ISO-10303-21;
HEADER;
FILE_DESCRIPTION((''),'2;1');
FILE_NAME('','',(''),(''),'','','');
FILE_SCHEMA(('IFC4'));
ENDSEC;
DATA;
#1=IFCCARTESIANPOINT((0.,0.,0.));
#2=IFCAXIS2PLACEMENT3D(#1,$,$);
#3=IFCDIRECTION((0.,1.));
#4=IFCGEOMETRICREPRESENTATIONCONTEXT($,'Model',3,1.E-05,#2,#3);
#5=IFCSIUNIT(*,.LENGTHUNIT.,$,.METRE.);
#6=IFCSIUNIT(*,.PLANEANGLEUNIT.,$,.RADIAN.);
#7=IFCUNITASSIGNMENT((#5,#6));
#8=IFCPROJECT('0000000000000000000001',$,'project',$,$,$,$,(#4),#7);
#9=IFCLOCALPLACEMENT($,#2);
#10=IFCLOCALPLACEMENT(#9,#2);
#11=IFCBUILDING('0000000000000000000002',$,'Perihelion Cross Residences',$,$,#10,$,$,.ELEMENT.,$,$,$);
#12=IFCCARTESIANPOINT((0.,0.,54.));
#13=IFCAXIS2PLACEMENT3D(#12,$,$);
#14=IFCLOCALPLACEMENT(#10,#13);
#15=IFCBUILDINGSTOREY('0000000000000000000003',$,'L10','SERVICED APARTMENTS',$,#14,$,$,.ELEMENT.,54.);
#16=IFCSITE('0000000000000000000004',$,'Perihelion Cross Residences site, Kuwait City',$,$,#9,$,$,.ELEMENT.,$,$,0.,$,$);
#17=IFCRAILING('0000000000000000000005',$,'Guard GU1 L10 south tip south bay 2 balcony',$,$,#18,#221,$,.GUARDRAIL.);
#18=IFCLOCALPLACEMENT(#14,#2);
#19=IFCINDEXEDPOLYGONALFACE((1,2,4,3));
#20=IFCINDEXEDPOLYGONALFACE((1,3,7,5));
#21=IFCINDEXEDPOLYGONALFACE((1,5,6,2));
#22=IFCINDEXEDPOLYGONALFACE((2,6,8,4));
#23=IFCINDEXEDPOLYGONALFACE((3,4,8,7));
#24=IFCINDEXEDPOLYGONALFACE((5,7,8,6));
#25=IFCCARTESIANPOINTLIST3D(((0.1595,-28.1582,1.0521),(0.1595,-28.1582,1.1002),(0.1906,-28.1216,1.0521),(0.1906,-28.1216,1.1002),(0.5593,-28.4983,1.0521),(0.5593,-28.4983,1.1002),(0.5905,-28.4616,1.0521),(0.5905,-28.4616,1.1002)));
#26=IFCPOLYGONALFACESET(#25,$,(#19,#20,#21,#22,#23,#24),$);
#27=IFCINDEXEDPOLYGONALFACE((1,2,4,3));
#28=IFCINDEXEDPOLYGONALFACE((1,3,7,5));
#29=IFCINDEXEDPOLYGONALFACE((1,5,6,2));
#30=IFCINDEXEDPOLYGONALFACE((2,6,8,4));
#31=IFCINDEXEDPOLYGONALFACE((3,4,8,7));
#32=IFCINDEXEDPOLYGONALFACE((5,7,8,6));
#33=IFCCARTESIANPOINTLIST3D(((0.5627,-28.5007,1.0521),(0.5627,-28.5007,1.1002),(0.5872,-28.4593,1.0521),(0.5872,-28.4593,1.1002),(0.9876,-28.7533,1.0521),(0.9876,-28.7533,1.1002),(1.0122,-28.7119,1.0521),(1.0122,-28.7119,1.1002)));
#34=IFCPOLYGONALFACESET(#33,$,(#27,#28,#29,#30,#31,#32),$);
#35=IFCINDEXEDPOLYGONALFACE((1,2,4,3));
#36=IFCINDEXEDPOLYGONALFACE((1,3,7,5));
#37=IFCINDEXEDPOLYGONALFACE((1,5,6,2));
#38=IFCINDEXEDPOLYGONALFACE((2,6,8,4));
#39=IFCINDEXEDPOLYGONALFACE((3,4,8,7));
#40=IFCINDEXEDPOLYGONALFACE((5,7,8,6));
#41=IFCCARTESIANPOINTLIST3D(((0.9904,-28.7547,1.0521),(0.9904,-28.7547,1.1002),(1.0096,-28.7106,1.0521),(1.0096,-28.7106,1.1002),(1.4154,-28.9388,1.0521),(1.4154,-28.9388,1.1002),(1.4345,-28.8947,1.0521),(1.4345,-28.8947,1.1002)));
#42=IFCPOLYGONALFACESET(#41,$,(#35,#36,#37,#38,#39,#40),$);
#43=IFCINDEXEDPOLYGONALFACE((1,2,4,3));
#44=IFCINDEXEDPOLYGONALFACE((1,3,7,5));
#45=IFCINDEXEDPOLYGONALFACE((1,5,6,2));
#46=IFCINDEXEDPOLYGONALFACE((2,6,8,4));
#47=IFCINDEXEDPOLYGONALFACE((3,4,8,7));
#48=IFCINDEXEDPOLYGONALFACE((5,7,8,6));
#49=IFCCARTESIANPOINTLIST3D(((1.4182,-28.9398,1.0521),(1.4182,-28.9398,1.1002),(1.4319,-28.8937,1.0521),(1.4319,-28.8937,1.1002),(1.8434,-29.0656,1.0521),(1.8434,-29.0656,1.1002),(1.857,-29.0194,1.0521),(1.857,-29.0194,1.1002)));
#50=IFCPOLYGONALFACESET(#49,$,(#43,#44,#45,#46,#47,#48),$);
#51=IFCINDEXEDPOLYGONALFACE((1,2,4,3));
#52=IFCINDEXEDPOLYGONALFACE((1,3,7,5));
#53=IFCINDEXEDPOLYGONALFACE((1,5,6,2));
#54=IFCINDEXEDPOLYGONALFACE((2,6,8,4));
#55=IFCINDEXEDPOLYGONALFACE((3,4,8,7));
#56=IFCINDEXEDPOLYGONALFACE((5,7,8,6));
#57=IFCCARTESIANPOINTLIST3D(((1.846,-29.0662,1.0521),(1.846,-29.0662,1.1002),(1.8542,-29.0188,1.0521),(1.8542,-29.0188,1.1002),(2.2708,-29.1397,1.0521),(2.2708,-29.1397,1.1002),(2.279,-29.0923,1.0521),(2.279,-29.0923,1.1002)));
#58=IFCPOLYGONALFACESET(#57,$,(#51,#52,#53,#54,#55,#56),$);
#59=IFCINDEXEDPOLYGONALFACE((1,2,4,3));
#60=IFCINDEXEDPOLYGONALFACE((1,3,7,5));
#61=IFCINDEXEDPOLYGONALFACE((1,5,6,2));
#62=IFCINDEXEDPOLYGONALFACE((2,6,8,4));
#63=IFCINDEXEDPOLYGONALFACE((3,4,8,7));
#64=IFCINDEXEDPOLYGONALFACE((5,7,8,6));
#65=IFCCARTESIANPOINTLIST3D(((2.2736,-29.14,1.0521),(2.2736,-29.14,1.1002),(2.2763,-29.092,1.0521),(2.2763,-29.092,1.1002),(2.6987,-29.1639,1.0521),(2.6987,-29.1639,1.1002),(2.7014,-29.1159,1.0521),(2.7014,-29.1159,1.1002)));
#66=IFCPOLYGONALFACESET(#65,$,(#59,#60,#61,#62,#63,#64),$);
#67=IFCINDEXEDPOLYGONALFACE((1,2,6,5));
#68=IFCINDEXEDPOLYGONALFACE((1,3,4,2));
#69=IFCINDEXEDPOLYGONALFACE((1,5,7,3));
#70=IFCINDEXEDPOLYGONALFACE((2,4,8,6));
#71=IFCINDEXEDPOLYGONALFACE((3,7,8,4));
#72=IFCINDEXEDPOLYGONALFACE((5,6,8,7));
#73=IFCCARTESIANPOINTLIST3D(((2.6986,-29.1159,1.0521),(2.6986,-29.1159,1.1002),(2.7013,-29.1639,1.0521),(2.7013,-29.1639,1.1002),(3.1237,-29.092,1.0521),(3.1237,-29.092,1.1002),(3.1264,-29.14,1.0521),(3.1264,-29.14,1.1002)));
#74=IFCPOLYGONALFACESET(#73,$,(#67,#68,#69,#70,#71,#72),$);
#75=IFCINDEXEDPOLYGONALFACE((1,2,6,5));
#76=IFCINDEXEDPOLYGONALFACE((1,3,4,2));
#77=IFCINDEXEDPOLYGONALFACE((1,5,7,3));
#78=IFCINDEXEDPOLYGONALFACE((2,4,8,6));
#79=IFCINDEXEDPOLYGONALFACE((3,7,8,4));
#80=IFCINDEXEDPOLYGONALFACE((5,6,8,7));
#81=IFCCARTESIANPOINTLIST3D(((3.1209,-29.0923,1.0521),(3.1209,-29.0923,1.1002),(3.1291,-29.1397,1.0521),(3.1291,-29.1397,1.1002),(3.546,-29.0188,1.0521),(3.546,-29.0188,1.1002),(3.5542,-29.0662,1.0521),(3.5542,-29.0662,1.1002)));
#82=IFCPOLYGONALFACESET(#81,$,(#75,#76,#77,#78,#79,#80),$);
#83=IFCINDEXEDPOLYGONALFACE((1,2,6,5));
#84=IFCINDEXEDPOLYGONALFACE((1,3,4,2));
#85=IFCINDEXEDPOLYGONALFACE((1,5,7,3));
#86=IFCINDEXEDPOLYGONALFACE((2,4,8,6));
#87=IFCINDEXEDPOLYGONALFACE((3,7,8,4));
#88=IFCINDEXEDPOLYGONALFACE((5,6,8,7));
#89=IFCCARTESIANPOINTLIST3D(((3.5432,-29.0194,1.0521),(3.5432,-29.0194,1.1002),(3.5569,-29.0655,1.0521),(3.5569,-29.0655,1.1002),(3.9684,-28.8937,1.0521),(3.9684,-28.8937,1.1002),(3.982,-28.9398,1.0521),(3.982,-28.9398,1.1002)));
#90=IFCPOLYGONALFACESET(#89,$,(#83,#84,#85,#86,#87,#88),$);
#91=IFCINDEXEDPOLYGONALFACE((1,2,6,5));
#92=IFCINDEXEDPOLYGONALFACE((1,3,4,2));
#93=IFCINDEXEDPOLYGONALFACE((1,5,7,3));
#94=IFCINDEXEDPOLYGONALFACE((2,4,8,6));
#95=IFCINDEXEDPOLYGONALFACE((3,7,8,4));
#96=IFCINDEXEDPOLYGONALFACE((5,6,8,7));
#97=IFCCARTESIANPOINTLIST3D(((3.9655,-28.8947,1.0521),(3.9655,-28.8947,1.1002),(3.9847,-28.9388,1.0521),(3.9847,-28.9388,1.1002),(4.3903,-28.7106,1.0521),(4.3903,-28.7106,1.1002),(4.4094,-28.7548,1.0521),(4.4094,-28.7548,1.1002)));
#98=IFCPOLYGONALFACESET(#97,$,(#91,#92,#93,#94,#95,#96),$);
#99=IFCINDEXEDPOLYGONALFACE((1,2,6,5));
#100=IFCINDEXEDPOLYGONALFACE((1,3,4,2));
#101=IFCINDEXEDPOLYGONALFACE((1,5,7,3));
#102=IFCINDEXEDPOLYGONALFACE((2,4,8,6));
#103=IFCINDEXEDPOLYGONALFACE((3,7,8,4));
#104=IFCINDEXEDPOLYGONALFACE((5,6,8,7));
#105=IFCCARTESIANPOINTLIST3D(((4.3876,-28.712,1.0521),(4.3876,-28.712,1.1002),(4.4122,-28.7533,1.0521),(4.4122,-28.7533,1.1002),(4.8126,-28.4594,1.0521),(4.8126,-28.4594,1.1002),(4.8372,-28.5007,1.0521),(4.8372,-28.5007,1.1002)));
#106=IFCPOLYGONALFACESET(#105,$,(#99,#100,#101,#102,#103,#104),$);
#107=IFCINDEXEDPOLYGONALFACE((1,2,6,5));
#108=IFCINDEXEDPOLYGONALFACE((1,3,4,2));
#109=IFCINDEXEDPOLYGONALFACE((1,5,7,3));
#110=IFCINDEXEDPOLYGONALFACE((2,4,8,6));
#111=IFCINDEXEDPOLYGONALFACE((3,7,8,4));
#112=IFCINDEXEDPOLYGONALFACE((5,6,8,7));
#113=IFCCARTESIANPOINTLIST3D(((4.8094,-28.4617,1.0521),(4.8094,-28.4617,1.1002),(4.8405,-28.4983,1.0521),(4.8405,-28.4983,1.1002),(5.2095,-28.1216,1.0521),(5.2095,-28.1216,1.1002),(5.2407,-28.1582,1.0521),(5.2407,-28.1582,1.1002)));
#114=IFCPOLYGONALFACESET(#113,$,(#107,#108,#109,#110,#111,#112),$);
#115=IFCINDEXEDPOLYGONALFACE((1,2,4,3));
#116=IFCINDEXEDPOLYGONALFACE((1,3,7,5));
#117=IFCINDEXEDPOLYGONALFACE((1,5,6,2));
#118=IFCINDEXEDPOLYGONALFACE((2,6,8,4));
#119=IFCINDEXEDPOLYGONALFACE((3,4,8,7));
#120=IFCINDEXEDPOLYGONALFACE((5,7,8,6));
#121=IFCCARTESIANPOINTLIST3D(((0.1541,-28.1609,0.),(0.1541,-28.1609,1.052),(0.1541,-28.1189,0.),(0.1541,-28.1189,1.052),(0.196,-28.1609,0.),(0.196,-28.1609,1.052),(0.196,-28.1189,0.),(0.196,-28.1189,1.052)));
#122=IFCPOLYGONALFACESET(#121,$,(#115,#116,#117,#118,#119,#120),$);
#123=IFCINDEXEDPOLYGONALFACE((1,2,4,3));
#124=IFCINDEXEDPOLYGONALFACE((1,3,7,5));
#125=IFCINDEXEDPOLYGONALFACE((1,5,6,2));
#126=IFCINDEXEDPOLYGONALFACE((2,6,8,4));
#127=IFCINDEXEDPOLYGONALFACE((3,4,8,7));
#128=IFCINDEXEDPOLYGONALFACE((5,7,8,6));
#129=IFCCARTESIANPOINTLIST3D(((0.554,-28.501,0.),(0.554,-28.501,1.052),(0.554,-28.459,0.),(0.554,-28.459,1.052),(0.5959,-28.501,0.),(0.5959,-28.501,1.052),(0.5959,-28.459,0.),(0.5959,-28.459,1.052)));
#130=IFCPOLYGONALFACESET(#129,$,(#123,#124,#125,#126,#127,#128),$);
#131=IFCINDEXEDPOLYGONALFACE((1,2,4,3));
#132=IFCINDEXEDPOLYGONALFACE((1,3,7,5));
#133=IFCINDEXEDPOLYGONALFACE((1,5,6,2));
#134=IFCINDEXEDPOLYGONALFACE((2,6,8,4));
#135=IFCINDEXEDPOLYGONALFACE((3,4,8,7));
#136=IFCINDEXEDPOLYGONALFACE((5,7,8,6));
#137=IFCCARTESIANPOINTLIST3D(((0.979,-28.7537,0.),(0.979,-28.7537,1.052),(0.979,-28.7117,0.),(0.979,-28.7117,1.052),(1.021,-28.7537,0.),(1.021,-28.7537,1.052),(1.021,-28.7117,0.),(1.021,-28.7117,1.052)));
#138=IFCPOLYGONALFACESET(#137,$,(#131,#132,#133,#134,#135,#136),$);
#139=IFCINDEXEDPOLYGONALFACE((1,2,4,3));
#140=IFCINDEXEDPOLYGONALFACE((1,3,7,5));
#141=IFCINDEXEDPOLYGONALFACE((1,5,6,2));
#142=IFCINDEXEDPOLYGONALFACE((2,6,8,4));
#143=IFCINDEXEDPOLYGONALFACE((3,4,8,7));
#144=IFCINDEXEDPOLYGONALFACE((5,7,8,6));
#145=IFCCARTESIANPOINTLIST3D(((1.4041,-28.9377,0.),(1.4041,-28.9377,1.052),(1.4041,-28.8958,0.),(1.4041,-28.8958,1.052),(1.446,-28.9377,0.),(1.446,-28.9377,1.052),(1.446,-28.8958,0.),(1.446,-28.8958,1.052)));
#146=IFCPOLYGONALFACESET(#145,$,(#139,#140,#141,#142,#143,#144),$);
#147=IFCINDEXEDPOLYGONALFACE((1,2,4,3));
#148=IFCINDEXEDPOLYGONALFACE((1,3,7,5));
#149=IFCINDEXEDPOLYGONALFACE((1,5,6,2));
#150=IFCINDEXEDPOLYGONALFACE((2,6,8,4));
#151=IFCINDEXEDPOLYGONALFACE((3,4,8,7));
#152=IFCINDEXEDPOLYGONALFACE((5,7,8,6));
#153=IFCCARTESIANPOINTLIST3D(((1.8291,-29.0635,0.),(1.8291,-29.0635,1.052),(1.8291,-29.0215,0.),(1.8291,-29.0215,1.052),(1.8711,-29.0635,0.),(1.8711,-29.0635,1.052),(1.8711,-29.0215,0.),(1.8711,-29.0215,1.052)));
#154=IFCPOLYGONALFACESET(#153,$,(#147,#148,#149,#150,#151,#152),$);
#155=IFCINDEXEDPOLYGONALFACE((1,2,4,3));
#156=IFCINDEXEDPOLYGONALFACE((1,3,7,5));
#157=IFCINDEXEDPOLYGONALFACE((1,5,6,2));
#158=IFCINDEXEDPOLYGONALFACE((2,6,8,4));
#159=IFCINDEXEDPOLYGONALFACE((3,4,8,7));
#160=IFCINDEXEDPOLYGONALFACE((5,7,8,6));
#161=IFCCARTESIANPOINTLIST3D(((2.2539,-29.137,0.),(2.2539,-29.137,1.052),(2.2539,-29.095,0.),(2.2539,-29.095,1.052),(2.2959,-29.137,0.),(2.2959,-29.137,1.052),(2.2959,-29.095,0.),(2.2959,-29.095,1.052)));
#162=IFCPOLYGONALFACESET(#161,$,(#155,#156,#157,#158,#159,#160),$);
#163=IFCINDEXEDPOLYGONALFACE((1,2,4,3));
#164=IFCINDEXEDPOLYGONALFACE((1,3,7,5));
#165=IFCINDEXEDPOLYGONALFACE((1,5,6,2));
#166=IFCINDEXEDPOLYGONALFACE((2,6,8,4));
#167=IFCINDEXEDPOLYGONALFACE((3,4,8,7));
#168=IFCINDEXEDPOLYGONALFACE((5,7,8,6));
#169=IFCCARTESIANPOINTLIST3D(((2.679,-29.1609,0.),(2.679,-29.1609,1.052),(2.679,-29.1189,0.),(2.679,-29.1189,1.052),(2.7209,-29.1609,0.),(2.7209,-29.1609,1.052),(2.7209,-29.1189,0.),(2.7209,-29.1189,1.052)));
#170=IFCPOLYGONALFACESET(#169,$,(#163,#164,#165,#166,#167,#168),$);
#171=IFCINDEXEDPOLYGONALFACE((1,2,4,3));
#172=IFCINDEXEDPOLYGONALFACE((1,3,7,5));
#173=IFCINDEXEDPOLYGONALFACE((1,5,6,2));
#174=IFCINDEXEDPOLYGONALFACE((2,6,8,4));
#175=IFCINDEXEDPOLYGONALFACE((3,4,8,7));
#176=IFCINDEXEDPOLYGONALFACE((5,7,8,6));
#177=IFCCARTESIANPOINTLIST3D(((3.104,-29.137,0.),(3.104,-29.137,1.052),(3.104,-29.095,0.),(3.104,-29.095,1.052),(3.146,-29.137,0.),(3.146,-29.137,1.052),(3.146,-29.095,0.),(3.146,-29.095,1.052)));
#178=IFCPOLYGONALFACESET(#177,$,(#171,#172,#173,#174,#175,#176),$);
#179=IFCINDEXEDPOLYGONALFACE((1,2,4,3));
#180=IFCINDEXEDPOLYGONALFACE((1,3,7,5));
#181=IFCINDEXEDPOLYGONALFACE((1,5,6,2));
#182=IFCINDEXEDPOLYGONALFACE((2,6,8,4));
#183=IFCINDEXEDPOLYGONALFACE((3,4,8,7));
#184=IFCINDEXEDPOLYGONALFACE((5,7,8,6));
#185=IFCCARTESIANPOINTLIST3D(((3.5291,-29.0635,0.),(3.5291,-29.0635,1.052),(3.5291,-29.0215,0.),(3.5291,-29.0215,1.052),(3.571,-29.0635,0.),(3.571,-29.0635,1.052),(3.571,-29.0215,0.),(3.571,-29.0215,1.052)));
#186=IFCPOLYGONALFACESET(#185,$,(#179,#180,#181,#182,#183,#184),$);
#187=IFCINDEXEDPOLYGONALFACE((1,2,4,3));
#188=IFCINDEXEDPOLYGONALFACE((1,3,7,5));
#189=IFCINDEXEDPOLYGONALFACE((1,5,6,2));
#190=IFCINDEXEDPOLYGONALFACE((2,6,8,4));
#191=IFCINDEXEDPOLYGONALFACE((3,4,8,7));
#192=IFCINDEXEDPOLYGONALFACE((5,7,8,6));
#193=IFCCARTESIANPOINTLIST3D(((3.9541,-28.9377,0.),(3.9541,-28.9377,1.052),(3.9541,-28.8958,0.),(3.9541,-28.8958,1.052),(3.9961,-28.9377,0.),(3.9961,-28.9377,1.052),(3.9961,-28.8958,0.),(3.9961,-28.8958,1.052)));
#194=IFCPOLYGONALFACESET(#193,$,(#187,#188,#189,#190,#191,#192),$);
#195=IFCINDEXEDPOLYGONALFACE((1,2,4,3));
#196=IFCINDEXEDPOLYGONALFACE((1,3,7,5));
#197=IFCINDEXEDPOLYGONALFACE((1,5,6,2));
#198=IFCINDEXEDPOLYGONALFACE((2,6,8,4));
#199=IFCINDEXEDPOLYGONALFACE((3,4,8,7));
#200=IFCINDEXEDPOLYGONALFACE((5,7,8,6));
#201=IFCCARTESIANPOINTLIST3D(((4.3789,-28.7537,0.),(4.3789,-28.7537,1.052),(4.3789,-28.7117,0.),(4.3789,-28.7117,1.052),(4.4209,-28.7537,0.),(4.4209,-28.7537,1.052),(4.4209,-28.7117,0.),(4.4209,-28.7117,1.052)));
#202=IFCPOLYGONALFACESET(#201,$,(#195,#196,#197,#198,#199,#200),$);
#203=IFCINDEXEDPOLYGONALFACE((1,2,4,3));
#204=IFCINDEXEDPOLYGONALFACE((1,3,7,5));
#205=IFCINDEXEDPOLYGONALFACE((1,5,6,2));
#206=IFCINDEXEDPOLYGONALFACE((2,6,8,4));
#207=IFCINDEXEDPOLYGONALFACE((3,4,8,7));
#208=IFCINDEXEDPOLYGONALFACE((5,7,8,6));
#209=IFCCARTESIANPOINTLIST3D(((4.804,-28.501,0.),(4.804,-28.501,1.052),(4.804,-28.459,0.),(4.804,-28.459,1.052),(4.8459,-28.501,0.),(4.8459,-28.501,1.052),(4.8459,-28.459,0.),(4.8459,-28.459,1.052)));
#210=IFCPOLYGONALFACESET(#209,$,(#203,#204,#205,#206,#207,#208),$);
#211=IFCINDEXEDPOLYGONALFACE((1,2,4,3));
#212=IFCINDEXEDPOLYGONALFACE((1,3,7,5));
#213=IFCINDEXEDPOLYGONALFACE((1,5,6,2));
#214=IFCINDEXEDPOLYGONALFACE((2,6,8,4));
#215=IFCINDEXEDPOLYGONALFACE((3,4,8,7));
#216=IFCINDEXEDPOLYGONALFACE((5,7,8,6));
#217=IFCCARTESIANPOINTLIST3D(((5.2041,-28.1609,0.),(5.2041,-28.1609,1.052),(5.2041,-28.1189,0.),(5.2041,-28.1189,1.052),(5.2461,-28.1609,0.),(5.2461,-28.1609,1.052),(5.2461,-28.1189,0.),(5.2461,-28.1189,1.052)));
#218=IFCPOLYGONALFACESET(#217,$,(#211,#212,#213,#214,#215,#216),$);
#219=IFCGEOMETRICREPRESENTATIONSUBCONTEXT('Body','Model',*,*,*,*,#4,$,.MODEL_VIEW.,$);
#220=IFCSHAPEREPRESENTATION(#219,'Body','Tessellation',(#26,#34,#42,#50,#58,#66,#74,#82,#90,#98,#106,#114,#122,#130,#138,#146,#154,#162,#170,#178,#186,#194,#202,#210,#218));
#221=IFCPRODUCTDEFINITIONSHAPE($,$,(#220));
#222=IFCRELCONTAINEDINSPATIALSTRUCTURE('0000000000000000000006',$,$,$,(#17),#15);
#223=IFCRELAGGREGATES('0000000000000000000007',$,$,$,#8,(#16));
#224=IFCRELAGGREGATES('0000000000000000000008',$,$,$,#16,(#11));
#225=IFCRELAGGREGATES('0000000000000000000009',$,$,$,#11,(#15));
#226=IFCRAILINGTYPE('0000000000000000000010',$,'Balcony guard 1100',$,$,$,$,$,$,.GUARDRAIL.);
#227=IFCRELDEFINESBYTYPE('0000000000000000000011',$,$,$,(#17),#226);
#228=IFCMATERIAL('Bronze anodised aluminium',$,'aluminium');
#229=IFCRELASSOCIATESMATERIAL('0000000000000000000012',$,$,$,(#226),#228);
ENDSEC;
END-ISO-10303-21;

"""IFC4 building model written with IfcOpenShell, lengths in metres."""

from ifc_helpers import new_model, si_unit, direction, frame, origin, origin_2d, place, context, subcontext, project, spatial, rectangle, extrude, material, type_object, element, save


model = new_model("IFC4")

# Units and contexts
model_context = context("Model", 3, precision=1e-05, world=origin(), true_north=direction((0.0, 1.0)))
body_context = subcontext(model_context, "Body", "Model", "MODEL_VIEW")
ifc_project = project(units=[si_unit("LENGTHUNIT", "METRE"), si_unit("PLANEANGLEUNIT", "RADIAN")], contexts=[model_context])

# Site, building, storey
site_placement = place(None, origin())
site = spatial("IfcSite", under=ifc_project, at=site_placement, Name="Perihelion Cross Residences site, Kuwait City", CompositionType="ELEMENT", RefElevation=0.0)
building_placement = place(site_placement, origin())
building = spatial("IfcBuilding", under=site, at=building_placement, Name="Perihelion Cross Residences", CompositionType="ELEMENT")
storey_placement = place(building_placement, frame((0.0, 0.0, 54.0)))
storey = spatial("IfcBuildingStorey", under=building, at=storey_placement, Name="L10", Description="SERVICED APARTMENTS", CompositionType="ELEMENT", Elevation=54.0)

# Railing
ifc_material_1 = material(Name="Bronze anodised aluminium", Category="aluminium")
railing_type = type_object("IfcRailingType", Name="Balcony guard 1100", PredefinedType="GUARDRAIL", material=ifc_material_1)
railing_placement = place(storey_placement, frame((0.175, -28.1399, 0.0)))
element("IfcRailing", 1, at=railing_placement, inside=storey, type_object=railing_type, Name="Guard GU1 L10 south tip south bay 2 balcony", PredefinedType="GUARDRAIL", context=body_context, shape_type="SweptSolid", body=[
    extrude(rectangle(XDim=0.0481, YDim=0.0481, at=origin_2d()), frame((0.0, 0.0, 1.0762), z_axis=(0.761779, -0.647837, 0.0), x_axis=(0.647837, 0.761779, 0.0)), (0.0, 0.0, 1.0), 0.5249),
    extrude(rectangle(XDim=0.0481, YDim=0.0481, at=origin_2d()), frame((0.3999, -0.3401, 1.0762), z_axis=(0.859577, -0.511006, 0.0), x_axis=(0.511006, 0.859577, 0.0)), (0.0, 0.0, 1.0), 0.4944),
    extrude(rectangle(XDim=0.0481, YDim=0.0481, at=origin_2d()), frame((0.825, -0.5928, 1.0762), z_axis=(0.917639, -0.397415, 0.0), x_axis=(0.397415, 0.917639, 0.0)), (0.0, 0.0, 1.0), 0.4631),
    extrude(rectangle(XDim=0.0481, YDim=0.0481, at=origin_2d()), frame((1.25, -0.7769, 1.0762), z_axis=(0.958926, -0.283657, 0.0), x_axis=(0.283657, 0.958926, 0.0)), (0.0, 0.0, 1.0), 0.4434),
    extrude(rectangle(XDim=0.0481, YDim=0.0481, at=origin_2d()), frame((1.675, -0.9026, 1.0762), z_axis=(0.985365, -0.170457, 0.0), x_axis=(0.170457, 0.985365, 0.0)), (0.0, 0.0, 1.0), 0.4312),
    extrude(rectangle(XDim=0.0481, YDim=0.0481, at=origin_2d()), frame((2.0999, -0.9761, 1.0762), z_axis=(0.99842, -0.056201, 0.0), x_axis=(0.056201, 0.99842, 0.0)), (0.0, 0.0, 1.0), 0.4258),
    extrude(rectangle(XDim=0.0481, YDim=0.0481, at=origin_2d()), frame((2.5249, -1.0, 1.0762), z_axis=(0.99842, 0.056201, 0.0), x_axis=(-0.056201, 0.99842, 0.0)), (0.0, 0.0, 1.0), 0.4258),
    extrude(rectangle(XDim=0.0481, YDim=0.0481, at=origin_2d()), frame((2.95, -0.9761, 1.0762), z_axis=(0.985382, 0.170362, 0.0), x_axis=(-0.170362, 0.985382, 0.0)), (0.0, 0.0, 1.0), 0.4314),
    extrude(rectangle(XDim=0.0481, YDim=0.0481, at=origin_2d()), frame((3.375, -0.9026, 1.0762), z_axis=(0.958926, 0.283657, 0.0), x_axis=(-0.283657, 0.958926, 0.0)), (0.0, 0.0, 1.0), 0.4434),
    extrude(rectangle(XDim=0.0481, YDim=0.0481, at=origin_2d()), frame((3.8, -0.7769, 1.0762), z_axis=(0.917556, 0.397607, 0.0), x_axis=(-0.397607, 0.917556, 0.0)), (0.0, 0.0, 1.0), 0.4629),
    extrude(rectangle(XDim=0.0481, YDim=0.0481, at=origin_2d()), frame((4.2249, -0.5928, 1.0762), z_axis=(0.859577, 0.511006, 0.0), x_axis=(-0.511006, 0.859577, 0.0)), (0.0, 0.0, 1.0), 0.4944),
    extrude(rectangle(XDim=0.0481, YDim=0.0481, at=origin_2d()), frame((4.6499, -0.3401, 1.0762), z_axis=(0.761974, 0.647608, 0.0), x_axis=(-0.647608, 0.761974, 0.0)), (0.0, 0.0, 1.0), 0.5251),
    extrude(rectangle(XDim=0.042, YDim=0.042, at=origin_2d()), origin(), (0.0, 0.0, 1.0), 1.052),
    extrude(rectangle(XDim=0.042, YDim=0.042, at=origin_2d()), frame((0.3999, -0.3401, 0.0)), (0.0, 0.0, 1.0), 1.052),
    extrude(rectangle(XDim=0.042, YDim=0.042, at=origin_2d()), frame((0.825, -0.5928, 0.0)), (0.0, 0.0, 1.0), 1.052),
    extrude(rectangle(XDim=0.042, YDim=0.042, at=origin_2d()), frame((1.25, -0.7769, 0.0)), (0.0, 0.0, 1.0), 1.052),
    extrude(rectangle(XDim=0.042, YDim=0.042, at=origin_2d()), frame((1.675, -0.9026, 0.0)), (0.0, 0.0, 1.0), 1.052),
    extrude(rectangle(XDim=0.042, YDim=0.042, at=origin_2d()), frame((2.0999, -0.9761, 0.0)), (0.0, 0.0, 1.0), 1.052),
    extrude(rectangle(XDim=0.042, YDim=0.042, at=origin_2d()), frame((2.5249, -1.0, 0.0)), (0.0, 0.0, 1.0), 1.052),
    extrude(rectangle(XDim=0.042, YDim=0.042, at=origin_2d()), frame((2.95, -0.9761, 0.0)), (0.0, 0.0, 1.0), 1.052),
    extrude(rectangle(XDim=0.042, YDim=0.042, at=origin_2d()), frame((3.375, -0.9026, 0.0)), (0.0, 0.0, 1.0), 1.052),
    extrude(rectangle(XDim=0.042, YDim=0.042, at=origin_2d()), frame((3.8, -0.7769, 0.0)), (0.0, 0.0, 1.0), 1.052),
    extrude(rectangle(XDim=0.042, YDim=0.042, at=origin_2d()), frame((4.2249, -0.5928, 0.0)), (0.0, 0.0, 1.0), 1.052),
    extrude(rectangle(XDim=0.042, YDim=0.042, at=origin_2d()), frame((4.6499, -0.3401, 0.0)), (0.0, 0.0, 1.0), 1.052),
    extrude(rectangle(XDim=0.042, YDim=0.042, at=origin_2d()), frame((5.05, 0.0, 0.0)), (0.0, 0.0, 1.0), 1.052),
])

save(model, "model.ifc")
